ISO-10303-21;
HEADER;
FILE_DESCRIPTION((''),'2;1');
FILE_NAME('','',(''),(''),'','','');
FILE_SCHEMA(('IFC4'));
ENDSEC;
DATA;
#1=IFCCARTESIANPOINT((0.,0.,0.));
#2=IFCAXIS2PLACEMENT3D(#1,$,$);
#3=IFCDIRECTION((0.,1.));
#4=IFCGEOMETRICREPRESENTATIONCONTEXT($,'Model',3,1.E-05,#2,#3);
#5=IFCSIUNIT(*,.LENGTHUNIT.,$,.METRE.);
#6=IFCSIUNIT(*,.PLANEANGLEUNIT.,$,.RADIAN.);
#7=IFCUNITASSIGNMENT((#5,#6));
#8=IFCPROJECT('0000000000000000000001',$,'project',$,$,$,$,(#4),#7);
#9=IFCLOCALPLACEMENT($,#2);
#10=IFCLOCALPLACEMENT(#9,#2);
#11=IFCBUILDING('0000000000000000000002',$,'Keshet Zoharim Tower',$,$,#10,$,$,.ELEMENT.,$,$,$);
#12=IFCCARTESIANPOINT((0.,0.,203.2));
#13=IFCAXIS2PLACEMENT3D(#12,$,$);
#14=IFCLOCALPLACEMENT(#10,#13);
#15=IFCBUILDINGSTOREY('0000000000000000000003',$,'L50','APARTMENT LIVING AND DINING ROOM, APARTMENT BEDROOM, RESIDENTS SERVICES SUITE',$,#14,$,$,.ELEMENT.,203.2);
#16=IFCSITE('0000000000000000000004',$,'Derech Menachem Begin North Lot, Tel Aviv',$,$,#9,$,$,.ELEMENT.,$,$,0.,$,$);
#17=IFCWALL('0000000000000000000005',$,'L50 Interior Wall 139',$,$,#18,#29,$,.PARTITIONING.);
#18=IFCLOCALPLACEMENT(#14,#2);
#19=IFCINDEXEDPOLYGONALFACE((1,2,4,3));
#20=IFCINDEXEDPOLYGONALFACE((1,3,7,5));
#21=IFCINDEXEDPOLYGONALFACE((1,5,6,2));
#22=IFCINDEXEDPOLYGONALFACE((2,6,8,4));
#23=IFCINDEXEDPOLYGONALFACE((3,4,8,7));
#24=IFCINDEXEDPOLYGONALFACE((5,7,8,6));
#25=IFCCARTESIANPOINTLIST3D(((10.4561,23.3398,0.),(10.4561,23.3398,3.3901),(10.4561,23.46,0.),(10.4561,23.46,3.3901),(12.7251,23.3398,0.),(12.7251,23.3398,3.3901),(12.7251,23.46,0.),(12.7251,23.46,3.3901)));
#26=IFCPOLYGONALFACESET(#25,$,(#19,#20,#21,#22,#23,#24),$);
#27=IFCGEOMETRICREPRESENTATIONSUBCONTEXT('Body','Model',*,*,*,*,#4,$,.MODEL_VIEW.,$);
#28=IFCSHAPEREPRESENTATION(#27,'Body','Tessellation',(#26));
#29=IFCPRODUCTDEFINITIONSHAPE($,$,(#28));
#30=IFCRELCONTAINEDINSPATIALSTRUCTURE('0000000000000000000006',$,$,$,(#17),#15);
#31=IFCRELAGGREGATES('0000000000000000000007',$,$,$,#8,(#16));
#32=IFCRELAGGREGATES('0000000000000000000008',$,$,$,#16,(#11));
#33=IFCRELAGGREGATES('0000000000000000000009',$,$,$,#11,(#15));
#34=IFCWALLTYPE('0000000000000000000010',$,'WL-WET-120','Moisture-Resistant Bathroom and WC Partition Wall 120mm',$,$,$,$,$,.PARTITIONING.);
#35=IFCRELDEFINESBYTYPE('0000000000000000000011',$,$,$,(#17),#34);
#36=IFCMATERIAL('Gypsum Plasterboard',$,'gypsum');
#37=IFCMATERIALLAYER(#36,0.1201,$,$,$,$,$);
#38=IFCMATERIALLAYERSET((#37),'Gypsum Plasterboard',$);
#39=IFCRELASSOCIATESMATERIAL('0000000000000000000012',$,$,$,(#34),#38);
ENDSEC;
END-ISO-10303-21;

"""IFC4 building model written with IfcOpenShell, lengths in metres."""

from ifc_helpers import new_model, si_unit, direction, frame, frame_2d, origin, place, context, subcontext, project, spatial, rectangle, extrude, material, layer, layer_set, type_object, element, save


model = new_model("IFC4")

# Units and contexts
model_context = context("Model", 3, precision=1e-05, world=origin(), true_north=direction((0.0, 1.0)))
body_context = subcontext(model_context, "Body", "Model", "MODEL_VIEW")
ifc_project = project(units=[si_unit("LENGTHUNIT", "METRE"), si_unit("PLANEANGLEUNIT", "RADIAN")], contexts=[model_context])

# Site, building, storey
site_placement = place(None, origin())
site = spatial("IfcSite", under=ifc_project, at=site_placement, Name="Derech Menachem Begin North Lot, Tel Aviv", CompositionType="ELEMENT", RefElevation=0.0)
building_placement = place(site_placement, origin())
building = spatial("IfcBuilding", under=site, at=building_placement, Name="Keshet Zoharim Tower", CompositionType="ELEMENT")
storey_placement = place(building_placement, frame((0.0, 0.0, 203.2)))
storey = spatial("IfcBuildingStorey", under=building, at=storey_placement, Name="L50", Description="APARTMENT LIVING AND DINING ROOM, APARTMENT BEDROOM, RESIDENTS SERVICES SUITE", CompositionType="ELEMENT", Elevation=203.2)

# Shared definitions
ifc_material_1 = material(Name="Gypsum Plasterboard", Category="gypsum")

# Shared definitions
ifc_layer_1 = layer(ifc_material_1, 0.1201)
ifc_layer_set_1 = layer_set([ifc_layer_1], Name="Gypsum Plasterboard")
wall_type_1 = type_object("IfcWallType", Name="WL-WET-120", Description="Moisture-Resistant Bathroom and WC Partition Wall 120mm", PredefinedType="PARTITIONING", material=ifc_layer_set_1)

# Wall
wall_1_placement = place(storey_placement, frame((10.4561, 23.3999, 0.0), z_axis=(0.0, 0.0, 1.0), x_axis=(1.0, 0.0, 0.0)))
element("IfcWall", 1, at=wall_1_placement, inside=storey, type_object=wall_type_1, Name="L50 Interior Wall 139", PredefinedType="PARTITIONING", context=body_context, shape_type="SweptSolid", body=[
    extrude(rectangle(XDim=2.269, YDim=0.1201, at=frame_2d((1.1345, 0.0))), origin(), (0.0, 0.0, 1.0), 3.3901),
])

save(model, "model.ifc")
